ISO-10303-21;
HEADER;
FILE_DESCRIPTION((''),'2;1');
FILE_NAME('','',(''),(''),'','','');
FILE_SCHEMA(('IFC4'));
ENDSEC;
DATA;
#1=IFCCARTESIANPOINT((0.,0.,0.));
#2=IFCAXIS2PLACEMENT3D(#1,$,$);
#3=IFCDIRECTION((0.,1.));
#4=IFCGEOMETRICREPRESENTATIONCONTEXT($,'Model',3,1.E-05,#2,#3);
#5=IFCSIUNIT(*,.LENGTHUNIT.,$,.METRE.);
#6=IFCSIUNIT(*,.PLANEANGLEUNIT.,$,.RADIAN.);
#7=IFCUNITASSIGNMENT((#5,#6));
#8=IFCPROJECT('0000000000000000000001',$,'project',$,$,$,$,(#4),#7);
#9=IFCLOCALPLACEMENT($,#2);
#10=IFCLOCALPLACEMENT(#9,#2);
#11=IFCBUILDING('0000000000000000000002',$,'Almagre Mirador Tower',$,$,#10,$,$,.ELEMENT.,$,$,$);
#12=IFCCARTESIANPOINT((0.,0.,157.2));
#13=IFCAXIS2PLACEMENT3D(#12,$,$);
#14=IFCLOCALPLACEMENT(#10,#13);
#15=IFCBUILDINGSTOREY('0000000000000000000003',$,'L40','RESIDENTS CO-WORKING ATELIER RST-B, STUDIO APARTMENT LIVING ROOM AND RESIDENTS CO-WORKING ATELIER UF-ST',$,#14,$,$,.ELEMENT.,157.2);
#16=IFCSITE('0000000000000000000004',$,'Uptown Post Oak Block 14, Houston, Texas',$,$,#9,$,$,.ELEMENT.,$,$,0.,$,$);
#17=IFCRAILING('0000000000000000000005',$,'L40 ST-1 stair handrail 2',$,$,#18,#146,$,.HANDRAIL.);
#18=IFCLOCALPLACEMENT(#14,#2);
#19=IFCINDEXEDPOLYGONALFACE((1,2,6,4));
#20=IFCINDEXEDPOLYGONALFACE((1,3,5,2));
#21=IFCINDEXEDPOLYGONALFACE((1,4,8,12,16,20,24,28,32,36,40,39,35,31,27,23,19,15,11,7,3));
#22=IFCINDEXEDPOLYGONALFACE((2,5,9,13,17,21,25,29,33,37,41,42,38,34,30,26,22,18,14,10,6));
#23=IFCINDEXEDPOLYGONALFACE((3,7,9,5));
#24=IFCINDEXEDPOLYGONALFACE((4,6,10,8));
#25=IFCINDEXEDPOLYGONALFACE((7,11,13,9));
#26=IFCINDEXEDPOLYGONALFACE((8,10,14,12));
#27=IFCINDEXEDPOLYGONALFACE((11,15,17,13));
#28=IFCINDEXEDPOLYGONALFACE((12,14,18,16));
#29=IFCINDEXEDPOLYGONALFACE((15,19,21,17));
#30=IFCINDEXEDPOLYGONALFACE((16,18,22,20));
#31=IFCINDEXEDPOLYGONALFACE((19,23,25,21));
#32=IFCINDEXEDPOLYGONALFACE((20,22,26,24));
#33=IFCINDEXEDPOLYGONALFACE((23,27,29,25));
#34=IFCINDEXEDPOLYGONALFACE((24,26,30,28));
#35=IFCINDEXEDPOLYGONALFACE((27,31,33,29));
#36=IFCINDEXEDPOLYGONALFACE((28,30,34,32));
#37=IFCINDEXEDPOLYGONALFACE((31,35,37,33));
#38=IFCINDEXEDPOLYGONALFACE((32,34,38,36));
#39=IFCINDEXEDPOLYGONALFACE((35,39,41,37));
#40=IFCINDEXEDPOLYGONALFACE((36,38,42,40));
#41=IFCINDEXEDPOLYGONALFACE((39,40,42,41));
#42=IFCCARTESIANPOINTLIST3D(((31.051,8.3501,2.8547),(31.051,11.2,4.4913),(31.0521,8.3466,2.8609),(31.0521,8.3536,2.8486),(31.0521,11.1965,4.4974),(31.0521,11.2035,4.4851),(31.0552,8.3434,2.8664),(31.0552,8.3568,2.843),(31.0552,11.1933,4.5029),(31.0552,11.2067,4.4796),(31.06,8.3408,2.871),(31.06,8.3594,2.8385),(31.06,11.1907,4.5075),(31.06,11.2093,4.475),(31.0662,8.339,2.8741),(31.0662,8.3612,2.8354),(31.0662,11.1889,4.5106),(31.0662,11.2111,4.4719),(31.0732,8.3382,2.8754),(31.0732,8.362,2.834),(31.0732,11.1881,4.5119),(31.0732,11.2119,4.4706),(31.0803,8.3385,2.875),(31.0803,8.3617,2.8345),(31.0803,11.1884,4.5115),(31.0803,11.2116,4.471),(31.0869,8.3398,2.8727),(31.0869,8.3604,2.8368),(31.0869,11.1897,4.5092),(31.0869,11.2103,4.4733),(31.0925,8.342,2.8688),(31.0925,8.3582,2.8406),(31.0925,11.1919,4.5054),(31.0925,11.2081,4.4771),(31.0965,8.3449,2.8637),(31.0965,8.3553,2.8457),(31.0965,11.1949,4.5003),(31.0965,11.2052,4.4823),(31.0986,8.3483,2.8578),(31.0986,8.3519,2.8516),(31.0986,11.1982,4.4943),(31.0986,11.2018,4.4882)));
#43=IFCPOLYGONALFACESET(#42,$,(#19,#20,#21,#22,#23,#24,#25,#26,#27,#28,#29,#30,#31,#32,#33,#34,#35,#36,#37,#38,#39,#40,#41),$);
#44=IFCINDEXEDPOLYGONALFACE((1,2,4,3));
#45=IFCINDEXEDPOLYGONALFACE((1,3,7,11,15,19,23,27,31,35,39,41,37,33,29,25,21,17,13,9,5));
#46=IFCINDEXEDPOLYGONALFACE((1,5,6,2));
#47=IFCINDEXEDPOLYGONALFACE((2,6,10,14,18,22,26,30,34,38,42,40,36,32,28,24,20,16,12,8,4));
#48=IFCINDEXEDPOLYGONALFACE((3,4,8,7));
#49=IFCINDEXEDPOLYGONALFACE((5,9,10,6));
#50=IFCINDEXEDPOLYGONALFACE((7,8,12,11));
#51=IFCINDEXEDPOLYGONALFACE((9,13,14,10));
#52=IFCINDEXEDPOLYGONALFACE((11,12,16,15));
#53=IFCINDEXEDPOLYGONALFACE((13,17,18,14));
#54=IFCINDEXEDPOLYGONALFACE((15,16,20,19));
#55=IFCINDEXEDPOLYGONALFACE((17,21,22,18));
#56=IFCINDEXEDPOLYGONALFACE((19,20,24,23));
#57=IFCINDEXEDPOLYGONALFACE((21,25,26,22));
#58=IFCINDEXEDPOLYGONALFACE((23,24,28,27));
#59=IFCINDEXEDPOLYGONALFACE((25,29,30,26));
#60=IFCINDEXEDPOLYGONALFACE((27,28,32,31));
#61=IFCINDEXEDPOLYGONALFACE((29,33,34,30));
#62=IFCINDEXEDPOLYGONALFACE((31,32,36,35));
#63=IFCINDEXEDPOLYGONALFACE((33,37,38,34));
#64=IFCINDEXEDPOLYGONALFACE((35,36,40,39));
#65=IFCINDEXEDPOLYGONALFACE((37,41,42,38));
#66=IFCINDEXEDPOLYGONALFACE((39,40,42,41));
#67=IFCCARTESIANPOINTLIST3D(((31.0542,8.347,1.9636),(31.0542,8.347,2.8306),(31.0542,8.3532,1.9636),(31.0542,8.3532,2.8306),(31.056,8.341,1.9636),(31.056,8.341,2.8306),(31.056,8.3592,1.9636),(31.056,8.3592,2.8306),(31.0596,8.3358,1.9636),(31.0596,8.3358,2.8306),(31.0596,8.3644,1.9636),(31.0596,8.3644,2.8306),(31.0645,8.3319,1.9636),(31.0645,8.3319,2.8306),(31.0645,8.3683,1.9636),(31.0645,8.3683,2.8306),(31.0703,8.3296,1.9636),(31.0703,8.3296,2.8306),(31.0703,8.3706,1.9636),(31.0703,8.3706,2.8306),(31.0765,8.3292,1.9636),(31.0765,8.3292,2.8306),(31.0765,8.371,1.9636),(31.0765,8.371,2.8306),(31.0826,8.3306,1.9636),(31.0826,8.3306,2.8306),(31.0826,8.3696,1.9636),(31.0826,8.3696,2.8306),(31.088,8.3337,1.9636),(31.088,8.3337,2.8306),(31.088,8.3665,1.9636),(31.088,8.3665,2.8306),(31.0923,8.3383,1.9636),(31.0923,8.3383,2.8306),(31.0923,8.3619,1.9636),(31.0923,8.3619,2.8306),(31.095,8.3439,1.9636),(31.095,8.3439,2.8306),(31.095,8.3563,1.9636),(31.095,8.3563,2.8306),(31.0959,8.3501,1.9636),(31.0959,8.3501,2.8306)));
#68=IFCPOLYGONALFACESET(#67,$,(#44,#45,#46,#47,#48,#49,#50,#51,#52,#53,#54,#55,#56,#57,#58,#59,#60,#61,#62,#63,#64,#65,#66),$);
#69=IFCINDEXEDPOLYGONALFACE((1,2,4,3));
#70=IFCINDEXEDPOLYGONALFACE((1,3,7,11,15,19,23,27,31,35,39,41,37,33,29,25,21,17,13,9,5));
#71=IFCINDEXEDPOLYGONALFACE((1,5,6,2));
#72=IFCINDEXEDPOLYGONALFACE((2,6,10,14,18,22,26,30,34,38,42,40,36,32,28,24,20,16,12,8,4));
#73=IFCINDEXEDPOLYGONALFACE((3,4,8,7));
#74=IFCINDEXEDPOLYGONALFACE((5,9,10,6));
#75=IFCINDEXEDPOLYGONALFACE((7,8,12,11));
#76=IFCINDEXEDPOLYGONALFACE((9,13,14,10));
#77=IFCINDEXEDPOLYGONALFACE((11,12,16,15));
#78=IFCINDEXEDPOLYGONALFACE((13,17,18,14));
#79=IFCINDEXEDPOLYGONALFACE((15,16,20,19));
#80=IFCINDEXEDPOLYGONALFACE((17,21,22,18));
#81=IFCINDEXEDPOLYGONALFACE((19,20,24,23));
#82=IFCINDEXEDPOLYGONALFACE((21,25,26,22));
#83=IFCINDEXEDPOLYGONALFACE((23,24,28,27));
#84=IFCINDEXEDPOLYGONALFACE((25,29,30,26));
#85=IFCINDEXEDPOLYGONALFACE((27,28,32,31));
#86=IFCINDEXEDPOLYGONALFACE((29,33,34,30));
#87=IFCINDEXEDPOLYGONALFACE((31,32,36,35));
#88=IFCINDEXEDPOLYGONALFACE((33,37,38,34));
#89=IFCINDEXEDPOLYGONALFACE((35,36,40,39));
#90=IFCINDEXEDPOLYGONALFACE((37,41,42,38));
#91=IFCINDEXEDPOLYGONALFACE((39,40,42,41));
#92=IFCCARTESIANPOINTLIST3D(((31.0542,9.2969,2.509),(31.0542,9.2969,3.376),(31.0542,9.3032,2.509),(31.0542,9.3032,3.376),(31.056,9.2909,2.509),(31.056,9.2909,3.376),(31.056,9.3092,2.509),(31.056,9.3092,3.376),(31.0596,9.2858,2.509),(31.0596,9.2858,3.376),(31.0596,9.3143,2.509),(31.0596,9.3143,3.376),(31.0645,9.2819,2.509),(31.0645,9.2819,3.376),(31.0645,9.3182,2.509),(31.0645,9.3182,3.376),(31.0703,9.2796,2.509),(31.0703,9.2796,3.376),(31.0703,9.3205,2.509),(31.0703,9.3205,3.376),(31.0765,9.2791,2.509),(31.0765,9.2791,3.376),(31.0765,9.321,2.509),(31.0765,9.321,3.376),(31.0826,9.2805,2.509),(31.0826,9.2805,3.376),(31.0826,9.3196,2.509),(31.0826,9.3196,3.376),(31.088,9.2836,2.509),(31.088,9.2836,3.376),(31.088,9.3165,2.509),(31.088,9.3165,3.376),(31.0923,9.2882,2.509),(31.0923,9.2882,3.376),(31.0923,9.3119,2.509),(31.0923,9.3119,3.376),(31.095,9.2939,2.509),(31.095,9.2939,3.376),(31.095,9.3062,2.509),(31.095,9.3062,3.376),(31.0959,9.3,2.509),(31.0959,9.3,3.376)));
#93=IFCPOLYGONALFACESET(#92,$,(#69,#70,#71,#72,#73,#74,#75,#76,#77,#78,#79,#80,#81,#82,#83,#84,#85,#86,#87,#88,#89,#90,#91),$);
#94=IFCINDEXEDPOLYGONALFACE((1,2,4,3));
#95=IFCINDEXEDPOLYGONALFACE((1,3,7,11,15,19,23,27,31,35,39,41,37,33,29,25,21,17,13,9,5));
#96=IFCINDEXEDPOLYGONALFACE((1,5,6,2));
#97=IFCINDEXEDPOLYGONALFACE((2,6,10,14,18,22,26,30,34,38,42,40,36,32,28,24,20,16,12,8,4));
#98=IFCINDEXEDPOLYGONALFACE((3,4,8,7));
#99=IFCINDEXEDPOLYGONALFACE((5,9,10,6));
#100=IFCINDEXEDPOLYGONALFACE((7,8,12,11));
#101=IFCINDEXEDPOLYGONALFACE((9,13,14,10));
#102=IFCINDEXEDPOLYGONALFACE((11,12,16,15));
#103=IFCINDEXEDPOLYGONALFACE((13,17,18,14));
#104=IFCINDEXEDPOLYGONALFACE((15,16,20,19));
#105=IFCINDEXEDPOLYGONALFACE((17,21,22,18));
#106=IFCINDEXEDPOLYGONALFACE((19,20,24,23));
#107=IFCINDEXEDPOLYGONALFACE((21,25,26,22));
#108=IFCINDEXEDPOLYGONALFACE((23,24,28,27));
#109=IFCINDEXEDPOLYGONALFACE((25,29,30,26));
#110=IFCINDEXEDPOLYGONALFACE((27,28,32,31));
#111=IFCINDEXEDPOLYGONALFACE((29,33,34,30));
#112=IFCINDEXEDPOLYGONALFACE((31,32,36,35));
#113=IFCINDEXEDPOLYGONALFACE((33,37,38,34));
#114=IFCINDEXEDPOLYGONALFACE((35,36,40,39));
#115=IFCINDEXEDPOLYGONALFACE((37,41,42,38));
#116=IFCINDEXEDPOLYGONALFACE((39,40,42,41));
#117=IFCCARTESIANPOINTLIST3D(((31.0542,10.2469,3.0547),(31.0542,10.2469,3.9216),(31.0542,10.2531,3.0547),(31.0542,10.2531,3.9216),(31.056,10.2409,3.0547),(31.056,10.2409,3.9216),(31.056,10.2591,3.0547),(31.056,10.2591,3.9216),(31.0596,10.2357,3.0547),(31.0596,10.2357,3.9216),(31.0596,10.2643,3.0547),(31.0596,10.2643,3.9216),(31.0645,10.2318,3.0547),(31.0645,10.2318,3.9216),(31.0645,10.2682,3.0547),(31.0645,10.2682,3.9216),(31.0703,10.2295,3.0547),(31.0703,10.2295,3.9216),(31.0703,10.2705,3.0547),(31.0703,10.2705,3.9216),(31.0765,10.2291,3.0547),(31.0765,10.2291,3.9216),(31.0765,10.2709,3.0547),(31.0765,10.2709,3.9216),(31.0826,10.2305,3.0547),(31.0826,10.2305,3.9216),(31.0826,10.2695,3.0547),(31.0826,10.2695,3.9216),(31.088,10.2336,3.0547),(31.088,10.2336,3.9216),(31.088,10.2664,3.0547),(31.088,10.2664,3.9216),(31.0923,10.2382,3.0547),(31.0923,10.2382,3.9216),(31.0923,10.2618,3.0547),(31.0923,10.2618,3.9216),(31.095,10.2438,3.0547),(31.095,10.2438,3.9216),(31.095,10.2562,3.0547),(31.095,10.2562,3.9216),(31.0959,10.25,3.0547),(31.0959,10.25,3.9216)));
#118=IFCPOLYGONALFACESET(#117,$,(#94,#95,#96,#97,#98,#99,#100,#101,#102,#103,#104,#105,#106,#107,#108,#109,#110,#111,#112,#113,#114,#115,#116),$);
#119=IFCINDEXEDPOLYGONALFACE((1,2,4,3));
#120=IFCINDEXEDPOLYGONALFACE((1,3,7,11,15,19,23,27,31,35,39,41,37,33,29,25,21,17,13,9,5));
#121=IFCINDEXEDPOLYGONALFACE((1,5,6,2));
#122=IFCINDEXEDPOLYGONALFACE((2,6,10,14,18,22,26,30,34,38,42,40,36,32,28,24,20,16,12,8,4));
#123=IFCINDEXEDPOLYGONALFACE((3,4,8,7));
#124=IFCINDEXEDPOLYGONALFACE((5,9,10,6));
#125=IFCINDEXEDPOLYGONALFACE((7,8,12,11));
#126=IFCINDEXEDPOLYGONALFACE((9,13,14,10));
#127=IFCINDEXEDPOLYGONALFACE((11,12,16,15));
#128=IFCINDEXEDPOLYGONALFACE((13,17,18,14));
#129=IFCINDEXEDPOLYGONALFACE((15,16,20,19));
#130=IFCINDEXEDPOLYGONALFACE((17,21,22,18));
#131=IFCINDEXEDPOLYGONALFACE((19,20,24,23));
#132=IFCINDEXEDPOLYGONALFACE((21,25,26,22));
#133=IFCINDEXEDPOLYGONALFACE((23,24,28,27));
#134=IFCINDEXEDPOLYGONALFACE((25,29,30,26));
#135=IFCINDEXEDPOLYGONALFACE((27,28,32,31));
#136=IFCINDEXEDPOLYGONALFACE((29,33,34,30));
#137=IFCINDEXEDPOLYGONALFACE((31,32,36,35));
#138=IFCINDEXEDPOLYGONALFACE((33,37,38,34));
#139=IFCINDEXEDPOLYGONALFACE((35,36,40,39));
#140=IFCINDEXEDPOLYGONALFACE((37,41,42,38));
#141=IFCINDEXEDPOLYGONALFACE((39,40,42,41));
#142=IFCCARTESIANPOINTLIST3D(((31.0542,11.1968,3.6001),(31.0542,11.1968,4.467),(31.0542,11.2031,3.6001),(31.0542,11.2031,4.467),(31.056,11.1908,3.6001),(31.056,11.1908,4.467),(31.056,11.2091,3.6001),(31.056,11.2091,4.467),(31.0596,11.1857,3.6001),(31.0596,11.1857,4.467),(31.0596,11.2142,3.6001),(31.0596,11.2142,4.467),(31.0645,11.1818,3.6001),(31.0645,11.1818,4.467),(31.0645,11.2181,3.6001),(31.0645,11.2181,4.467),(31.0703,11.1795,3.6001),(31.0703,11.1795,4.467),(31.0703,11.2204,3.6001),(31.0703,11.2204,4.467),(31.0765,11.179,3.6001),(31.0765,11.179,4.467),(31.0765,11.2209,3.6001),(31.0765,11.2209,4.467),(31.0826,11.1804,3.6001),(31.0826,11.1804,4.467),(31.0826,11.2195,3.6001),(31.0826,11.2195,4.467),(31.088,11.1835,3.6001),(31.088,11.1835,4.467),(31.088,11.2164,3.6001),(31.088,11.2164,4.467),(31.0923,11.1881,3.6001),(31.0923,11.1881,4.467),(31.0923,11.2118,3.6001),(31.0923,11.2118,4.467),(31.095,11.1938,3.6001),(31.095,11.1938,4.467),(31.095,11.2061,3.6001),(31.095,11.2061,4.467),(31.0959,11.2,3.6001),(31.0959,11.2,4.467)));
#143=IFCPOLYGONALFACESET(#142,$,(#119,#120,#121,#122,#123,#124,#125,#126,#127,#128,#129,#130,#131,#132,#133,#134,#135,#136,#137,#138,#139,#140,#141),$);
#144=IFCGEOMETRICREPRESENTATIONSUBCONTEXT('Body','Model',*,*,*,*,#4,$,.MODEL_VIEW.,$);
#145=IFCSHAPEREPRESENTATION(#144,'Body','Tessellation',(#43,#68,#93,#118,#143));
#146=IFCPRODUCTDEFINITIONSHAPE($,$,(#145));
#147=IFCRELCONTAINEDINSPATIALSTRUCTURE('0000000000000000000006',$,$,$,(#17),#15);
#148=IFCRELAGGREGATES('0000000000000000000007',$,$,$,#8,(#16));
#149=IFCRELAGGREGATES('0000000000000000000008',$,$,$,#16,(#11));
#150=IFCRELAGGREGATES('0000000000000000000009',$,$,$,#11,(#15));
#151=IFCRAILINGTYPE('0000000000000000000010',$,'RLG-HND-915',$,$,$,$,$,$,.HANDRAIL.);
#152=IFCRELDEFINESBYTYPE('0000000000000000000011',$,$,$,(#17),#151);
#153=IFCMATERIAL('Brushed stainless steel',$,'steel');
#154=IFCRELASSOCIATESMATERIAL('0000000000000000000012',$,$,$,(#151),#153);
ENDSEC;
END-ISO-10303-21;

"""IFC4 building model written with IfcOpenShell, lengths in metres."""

from ifc_helpers import new_model, si_unit, direction, frame, origin, origin_2d, place, context, subcontext, project, spatial, circle, extrude, material, type_object, element, save


model = new_model("IFC4")

# Units and contexts
model_context = context("Model", 3, precision=1e-05, world=origin(), true_north=direction((0.0, 1.0)))
body_context = subcontext(model_context, "Body", "Model", "MODEL_VIEW")
ifc_project = project(units=[si_unit("LENGTHUNIT", "METRE"), si_unit("PLANEANGLEUNIT", "RADIAN")], contexts=[model_context])

# Site, building, storey
site_placement = place(None, origin())
site = spatial("IfcSite", under=ifc_project, at=site_placement, Name="Uptown Post Oak Block 14, Houston, Texas", CompositionType="ELEMENT", RefElevation=0.0)
building_placement = place(site_placement, origin())
building = spatial("IfcBuilding", under=site, at=building_placement, Name="Almagre Mirador Tower", CompositionType="ELEMENT")
storey_placement = place(building_placement, frame((0.0, 0.0, 157.2)))
storey = spatial("IfcBuildingStorey", under=building, at=storey_placement, Name="L40", Description="RESIDENTS CO-WORKING ATELIER RST-B, STUDIO APARTMENT LIVING ROOM AND RESIDENTS CO-WORKING ATELIER UF-ST", CompositionType="ELEMENT", Elevation=157.2)

# Railing
ifc_material_1 = material(Name="Brushed stainless steel", Category="steel")
railing_type_1 = type_object("IfcRailingType", Name="RLG-HND-915", PredefinedType="HANDRAIL", material=ifc_material_1)
railing_1_placement = place(storey_placement, frame((31.075, 8.3501, 1.9636)))
element("IfcRailing", 1, at=railing_1_placement, inside=storey, type_object=railing_type_1, Name="L40 ST-1 stair handrail 2", PredefinedType="HANDRAIL", context=body_context, shape_type="SweptSolid", body=[
    extrude(circle(Radius=0.0239, at=origin_2d()), frame((0.0, 0.0, 0.8911), z_axis=(0.0, 0.867194, 0.49797), x_axis=(-1.0, 0.0, 0.0)), (0.0, 0.0, 1.0), 3.2864),
    extrude(circle(Radius=0.021, at=origin_2d()), origin(), (0.0, 0.0, 1.0), 0.8669),
    extrude(circle(Radius=0.021, at=origin_2d()), frame((0.0, 0.95, 0.5454)), (0.0, 0.0, 1.0), 0.8669),
    extrude(circle(Radius=0.021, at=origin_2d()), frame((0.0, 1.8999, 1.0911)), (0.0, 0.0, 1.0), 0.8669),
    extrude(circle(Radius=0.021, at=origin_2d()), frame((0.0, 2.8499, 1.6365)), (0.0, 0.0, 1.0), 0.8669),
])

save(model, "model.ifc")
